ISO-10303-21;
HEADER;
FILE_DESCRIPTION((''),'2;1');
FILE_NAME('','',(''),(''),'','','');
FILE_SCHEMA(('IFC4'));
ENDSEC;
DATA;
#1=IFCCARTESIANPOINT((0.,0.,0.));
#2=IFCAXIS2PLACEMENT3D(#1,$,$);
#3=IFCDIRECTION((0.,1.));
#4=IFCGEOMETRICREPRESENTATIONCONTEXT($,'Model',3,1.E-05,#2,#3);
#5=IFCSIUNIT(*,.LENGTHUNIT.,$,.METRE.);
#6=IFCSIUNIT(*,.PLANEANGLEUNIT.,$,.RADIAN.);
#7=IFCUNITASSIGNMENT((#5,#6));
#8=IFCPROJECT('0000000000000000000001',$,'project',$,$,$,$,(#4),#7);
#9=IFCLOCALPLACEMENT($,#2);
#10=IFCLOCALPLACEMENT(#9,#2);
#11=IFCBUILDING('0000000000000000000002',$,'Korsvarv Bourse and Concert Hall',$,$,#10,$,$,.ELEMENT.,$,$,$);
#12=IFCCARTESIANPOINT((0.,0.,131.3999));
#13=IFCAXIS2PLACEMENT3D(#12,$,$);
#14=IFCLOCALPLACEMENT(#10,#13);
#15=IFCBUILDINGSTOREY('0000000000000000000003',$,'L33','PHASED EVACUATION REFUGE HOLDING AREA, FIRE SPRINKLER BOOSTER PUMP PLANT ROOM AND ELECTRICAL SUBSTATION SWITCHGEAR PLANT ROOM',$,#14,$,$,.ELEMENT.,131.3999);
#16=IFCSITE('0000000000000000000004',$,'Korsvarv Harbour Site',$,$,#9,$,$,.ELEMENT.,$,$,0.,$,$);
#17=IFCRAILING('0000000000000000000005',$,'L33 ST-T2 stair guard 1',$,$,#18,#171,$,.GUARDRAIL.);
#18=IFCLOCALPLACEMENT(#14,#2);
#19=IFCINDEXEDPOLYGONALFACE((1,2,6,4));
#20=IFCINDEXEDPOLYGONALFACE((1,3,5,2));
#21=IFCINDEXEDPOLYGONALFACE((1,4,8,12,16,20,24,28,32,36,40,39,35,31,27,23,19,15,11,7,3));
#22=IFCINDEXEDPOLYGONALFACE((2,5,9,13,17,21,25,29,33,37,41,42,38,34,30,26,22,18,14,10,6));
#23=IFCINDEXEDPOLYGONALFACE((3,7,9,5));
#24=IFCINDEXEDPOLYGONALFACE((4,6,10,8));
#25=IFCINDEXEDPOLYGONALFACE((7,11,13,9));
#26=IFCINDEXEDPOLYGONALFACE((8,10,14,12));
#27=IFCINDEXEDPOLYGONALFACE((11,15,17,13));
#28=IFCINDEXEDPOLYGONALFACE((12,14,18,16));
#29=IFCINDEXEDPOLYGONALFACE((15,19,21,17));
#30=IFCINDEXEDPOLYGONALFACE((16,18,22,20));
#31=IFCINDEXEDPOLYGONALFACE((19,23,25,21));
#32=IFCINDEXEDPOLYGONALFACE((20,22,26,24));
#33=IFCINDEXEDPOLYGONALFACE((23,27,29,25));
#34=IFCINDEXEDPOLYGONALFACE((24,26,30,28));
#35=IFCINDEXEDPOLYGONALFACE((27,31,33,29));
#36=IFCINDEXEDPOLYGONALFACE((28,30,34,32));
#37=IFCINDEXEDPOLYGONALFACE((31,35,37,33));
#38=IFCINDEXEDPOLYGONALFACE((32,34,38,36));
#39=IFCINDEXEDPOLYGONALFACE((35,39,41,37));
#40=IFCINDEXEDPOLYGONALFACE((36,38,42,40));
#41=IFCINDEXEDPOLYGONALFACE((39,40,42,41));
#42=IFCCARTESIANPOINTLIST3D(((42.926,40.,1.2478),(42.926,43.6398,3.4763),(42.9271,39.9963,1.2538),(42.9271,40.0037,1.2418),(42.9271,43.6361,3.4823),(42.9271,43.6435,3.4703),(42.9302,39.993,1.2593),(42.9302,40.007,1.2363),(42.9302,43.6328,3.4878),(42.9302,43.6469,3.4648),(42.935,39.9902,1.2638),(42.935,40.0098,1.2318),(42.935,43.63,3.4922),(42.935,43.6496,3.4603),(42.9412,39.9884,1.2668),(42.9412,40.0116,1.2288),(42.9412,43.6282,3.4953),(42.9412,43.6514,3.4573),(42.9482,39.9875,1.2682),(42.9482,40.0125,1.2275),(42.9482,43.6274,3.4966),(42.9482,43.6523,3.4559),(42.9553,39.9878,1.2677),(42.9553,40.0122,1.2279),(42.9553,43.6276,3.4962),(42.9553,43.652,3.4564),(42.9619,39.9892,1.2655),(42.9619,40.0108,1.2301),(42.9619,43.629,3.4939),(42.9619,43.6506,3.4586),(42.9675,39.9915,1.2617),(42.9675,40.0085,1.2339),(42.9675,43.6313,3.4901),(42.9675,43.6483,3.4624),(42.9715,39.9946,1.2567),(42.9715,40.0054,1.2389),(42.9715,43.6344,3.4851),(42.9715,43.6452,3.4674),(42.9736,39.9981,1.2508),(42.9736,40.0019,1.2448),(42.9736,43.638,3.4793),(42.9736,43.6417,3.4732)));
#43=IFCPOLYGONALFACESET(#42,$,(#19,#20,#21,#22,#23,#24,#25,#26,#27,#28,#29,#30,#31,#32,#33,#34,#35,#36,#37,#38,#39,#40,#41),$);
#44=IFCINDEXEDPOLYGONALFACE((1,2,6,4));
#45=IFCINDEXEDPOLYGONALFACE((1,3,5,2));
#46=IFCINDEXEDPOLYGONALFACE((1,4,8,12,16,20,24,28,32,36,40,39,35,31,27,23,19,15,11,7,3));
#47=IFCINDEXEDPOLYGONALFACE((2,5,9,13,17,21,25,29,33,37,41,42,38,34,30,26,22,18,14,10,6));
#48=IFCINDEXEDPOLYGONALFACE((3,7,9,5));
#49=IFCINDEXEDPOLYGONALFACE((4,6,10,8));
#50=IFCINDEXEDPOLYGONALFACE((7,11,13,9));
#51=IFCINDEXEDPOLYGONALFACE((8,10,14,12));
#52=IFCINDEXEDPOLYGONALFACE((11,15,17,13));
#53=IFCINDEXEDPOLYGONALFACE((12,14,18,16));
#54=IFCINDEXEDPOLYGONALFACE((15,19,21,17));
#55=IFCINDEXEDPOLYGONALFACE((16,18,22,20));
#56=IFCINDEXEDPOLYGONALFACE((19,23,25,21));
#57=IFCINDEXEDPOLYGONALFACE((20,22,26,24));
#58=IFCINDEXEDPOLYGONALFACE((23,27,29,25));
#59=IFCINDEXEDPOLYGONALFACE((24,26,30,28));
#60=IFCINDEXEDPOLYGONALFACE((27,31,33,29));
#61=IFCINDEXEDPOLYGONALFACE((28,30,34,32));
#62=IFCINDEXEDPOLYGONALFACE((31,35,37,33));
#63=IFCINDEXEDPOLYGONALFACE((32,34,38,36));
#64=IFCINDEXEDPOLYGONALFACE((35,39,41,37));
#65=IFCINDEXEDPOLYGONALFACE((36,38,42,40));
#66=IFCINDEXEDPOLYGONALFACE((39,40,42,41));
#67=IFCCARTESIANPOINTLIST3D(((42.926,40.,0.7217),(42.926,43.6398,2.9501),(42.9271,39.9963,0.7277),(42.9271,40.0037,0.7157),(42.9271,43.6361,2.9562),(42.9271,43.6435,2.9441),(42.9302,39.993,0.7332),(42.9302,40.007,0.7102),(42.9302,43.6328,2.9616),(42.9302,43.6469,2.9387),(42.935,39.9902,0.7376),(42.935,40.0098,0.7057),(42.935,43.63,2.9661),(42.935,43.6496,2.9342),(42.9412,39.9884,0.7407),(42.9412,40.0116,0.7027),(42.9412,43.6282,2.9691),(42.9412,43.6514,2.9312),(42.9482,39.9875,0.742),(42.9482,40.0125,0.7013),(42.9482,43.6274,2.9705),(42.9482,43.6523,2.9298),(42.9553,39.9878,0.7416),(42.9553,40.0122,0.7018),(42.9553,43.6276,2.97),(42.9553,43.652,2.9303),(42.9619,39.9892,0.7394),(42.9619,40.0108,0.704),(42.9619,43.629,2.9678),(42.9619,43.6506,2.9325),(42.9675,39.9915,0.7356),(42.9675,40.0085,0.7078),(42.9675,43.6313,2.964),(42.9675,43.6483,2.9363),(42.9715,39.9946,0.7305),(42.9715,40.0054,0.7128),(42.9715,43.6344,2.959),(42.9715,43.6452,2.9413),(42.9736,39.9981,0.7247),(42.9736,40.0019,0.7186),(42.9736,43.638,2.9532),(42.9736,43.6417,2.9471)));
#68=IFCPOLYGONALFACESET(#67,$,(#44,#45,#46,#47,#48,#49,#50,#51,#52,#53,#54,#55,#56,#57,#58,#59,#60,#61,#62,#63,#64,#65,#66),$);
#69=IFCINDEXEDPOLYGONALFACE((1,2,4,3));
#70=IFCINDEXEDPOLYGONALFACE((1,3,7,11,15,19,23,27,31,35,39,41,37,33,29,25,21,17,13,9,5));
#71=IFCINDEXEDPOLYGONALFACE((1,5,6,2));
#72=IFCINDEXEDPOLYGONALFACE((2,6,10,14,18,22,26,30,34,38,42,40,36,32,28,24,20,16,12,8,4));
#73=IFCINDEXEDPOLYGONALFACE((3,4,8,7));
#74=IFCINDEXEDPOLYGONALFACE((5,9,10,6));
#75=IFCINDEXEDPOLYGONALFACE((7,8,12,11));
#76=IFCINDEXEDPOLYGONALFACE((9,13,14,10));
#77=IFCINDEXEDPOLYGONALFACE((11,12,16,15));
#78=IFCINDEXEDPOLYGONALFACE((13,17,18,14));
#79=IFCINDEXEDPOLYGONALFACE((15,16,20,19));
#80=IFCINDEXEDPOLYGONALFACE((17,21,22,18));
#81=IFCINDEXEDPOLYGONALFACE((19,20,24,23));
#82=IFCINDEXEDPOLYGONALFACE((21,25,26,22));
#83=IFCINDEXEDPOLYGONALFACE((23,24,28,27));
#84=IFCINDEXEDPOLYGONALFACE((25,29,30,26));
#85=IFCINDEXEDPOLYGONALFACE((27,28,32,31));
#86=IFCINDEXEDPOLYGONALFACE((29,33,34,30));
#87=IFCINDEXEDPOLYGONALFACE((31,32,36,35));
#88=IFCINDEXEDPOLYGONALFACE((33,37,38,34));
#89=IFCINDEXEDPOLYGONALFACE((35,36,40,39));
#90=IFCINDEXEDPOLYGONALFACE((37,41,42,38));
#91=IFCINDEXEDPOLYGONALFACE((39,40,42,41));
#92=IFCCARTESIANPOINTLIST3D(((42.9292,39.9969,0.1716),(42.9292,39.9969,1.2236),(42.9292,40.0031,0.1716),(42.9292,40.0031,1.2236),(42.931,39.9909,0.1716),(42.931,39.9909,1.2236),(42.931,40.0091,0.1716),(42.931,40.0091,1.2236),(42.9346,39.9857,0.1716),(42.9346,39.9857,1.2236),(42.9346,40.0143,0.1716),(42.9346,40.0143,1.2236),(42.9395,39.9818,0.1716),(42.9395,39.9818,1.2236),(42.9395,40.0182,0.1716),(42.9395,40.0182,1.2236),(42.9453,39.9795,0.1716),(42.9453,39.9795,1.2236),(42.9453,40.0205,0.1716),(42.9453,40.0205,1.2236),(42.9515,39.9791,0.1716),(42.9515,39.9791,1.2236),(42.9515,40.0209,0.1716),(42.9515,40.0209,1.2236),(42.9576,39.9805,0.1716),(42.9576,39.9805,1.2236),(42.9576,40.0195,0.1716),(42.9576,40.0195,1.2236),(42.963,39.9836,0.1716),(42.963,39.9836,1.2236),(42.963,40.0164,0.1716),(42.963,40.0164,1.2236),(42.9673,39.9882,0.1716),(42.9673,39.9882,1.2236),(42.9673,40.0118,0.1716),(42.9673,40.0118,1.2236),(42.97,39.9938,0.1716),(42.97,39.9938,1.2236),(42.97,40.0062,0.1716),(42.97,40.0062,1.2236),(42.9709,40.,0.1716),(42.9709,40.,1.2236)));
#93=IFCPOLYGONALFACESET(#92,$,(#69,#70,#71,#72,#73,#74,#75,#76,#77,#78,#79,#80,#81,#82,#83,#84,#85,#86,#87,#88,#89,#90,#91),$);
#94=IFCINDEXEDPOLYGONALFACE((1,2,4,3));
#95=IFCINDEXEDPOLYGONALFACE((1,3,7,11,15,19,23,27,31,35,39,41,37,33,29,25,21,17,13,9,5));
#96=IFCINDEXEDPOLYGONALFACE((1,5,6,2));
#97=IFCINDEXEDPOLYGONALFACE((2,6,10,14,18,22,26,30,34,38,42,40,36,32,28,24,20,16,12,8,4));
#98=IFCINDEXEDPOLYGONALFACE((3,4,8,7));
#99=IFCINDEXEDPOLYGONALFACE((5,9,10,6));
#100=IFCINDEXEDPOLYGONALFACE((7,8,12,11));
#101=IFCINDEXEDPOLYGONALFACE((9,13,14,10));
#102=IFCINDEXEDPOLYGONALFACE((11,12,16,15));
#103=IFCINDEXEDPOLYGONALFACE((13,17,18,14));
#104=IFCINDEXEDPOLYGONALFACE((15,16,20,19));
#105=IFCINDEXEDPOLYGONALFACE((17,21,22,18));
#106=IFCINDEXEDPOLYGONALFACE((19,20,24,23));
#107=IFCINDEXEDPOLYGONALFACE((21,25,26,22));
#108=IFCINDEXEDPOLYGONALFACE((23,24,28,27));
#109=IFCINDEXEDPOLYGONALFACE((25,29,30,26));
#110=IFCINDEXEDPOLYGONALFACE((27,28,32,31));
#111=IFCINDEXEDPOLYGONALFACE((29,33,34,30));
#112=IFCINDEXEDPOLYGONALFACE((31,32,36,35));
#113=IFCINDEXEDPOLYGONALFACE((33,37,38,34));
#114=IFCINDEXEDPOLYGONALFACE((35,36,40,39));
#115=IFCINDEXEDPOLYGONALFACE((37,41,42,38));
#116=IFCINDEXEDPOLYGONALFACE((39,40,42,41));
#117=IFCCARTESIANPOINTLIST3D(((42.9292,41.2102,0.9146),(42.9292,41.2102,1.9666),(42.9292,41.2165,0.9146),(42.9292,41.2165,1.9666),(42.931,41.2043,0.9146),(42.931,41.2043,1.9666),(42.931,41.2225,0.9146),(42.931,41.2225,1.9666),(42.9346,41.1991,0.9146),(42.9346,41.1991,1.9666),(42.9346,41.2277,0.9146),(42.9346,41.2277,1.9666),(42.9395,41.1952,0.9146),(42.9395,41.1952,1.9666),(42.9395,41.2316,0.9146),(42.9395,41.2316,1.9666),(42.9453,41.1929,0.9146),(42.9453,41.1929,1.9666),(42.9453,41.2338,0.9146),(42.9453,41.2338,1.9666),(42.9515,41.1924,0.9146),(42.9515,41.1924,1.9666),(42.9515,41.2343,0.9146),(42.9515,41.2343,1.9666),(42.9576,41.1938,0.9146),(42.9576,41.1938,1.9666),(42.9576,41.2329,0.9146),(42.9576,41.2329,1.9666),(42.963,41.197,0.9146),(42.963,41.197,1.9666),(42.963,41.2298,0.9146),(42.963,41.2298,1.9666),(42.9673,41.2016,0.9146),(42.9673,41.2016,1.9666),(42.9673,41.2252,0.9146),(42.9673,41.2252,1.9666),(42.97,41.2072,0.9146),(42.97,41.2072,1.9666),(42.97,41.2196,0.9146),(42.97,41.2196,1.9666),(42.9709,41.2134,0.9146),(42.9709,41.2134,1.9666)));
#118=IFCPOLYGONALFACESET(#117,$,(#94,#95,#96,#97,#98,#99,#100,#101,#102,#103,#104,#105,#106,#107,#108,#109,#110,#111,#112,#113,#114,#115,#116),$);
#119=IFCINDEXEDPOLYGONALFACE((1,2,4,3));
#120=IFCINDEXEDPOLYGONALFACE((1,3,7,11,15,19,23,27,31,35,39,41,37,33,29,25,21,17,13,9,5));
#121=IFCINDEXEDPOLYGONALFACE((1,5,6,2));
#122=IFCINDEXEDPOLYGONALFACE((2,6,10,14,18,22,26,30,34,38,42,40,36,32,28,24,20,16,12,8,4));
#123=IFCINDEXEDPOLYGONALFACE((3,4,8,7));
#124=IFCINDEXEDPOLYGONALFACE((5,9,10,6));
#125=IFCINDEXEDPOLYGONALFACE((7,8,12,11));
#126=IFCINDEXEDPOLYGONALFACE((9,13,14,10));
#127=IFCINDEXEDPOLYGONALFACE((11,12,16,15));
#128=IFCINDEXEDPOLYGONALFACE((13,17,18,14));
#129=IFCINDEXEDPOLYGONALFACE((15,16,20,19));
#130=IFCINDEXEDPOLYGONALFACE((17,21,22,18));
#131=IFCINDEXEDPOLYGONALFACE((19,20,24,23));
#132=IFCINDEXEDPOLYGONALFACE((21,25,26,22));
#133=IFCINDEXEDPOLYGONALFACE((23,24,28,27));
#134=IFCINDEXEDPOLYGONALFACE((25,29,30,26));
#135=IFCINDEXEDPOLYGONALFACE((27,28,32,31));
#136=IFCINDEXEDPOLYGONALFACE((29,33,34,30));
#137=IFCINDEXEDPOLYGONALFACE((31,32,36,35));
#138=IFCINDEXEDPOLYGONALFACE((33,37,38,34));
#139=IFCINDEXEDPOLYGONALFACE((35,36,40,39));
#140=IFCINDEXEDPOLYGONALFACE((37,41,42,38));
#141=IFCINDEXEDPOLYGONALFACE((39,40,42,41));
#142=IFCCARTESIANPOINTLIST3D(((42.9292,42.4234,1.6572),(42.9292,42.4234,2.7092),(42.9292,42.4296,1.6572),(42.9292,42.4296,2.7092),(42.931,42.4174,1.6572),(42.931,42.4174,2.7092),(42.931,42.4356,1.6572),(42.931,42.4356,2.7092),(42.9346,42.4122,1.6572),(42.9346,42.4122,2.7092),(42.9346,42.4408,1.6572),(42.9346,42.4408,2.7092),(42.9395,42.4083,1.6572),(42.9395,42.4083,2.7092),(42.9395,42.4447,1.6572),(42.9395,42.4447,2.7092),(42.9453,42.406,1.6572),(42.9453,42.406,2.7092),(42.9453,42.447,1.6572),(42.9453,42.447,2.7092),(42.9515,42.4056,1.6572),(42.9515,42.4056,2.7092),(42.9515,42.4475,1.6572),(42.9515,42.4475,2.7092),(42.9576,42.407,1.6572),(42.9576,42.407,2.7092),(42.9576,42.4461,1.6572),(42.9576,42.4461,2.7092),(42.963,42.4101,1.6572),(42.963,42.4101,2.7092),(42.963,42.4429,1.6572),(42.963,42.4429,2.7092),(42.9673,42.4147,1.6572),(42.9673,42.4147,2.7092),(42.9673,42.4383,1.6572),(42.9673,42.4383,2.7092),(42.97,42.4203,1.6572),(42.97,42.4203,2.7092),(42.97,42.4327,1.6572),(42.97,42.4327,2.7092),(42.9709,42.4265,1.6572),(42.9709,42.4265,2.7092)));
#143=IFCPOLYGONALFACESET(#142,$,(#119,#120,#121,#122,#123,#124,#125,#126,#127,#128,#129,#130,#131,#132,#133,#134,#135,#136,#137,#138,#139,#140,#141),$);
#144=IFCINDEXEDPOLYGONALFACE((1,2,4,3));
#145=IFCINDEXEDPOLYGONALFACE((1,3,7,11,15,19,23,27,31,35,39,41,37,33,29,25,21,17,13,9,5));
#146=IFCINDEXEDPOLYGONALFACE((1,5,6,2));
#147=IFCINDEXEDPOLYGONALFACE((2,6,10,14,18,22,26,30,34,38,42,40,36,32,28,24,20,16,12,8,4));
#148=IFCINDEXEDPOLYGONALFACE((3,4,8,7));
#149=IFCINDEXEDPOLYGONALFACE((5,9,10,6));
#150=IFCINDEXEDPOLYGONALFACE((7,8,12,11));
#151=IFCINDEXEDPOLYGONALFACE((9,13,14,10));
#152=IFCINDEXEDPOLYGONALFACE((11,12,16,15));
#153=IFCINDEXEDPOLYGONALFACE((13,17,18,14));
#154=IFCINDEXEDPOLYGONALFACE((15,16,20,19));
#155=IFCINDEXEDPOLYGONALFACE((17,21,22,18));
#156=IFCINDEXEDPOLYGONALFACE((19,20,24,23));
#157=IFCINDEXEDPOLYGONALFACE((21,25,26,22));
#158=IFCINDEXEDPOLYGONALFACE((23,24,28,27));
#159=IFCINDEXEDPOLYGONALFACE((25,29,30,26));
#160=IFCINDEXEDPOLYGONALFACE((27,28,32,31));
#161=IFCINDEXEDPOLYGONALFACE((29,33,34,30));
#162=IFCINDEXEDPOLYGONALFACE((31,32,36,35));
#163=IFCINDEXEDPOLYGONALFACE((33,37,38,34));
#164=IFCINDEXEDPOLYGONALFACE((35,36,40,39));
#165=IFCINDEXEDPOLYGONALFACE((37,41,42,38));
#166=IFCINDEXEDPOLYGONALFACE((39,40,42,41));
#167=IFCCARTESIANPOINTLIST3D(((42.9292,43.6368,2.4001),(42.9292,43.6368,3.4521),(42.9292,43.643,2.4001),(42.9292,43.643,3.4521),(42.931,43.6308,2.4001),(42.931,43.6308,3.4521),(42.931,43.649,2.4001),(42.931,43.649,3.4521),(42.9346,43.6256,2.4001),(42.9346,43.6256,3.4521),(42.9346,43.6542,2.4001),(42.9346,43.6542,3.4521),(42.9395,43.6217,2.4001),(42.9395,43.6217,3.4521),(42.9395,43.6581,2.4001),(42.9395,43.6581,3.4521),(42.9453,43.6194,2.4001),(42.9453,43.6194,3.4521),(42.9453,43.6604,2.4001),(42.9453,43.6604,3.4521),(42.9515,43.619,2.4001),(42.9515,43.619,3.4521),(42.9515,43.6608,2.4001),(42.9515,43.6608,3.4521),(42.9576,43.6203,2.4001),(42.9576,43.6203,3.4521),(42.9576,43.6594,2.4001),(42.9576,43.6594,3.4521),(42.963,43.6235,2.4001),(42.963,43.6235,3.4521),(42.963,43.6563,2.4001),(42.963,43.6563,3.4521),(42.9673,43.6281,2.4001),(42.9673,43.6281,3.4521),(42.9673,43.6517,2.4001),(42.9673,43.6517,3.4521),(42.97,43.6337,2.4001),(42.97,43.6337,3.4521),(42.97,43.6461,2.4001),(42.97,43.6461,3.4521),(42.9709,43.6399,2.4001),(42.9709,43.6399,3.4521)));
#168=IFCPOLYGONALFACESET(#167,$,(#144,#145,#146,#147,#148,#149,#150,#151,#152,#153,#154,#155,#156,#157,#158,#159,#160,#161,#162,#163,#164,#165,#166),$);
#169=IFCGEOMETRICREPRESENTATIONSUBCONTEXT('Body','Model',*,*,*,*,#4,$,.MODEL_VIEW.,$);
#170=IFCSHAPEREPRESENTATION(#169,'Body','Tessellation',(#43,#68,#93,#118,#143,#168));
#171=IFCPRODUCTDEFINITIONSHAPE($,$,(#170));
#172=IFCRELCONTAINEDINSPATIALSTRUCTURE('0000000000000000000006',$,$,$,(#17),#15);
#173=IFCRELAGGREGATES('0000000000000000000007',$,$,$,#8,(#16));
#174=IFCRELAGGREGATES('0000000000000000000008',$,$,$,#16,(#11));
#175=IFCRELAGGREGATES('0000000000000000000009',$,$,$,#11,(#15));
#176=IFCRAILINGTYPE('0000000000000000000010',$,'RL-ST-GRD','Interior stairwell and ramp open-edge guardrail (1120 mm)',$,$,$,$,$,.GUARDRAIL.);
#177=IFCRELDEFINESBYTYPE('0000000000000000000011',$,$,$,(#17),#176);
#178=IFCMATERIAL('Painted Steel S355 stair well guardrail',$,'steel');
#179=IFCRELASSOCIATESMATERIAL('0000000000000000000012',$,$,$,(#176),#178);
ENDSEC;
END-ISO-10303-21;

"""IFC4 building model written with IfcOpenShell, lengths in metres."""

from ifc_helpers import new_model, si_unit, direction, frame, origin, origin_2d, place, context, subcontext, project, spatial, circle, extrude, material, type_object, element, save


model = new_model("IFC4")

# Units and contexts
model_context = context("Model", 3, precision=1e-05, world=origin(), true_north=direction((0.0, 1.0)))
body_context = subcontext(model_context, "Body", "Model", "MODEL_VIEW")
ifc_project = project(units=[si_unit("LENGTHUNIT", "METRE"), si_unit("PLANEANGLEUNIT", "RADIAN")], contexts=[model_context])

# Site, building, storey
site_placement = place(None, origin())
site = spatial("IfcSite", under=ifc_project, at=site_placement, Name="Korsvarv Harbour Site", CompositionType="ELEMENT", RefElevation=0.0)
building_placement = place(site_placement, origin())
building = spatial("IfcBuilding", under=site, at=building_placement, Name="Korsvarv Bourse and Concert Hall", CompositionType="ELEMENT")
storey_placement = place(building_placement, frame((0.0, 0.0, 131.3999)))
storey = spatial("IfcBuildingStorey", under=building, at=storey_placement, Name="L33", Description="PHASED EVACUATION REFUGE HOLDING AREA, FIRE SPRINKLER BOOSTER PUMP PLANT ROOM AND ELECTRICAL SUBSTATION SWITCHGEAR PLANT ROOM", CompositionType="ELEMENT", Elevation=131.3999)

# Railing
ifc_material_1 = material(Name="Painted Steel S355 stair well guardrail", Category="steel")
railing_type_1 = type_object("IfcRailingType", Name="RL-ST-GRD", Description="Interior stairwell and ramp open-edge guardrail (1120 mm)", PredefinedType="GUARDRAIL", material=ifc_material_1)
railing_1_placement = place(storey_placement, frame((42.95, 40.0, 0.1716)))
element("IfcRailing", 1, at=railing_1_placement, inside=storey, type_object=railing_type_1, Name="L33 ST-T2 stair guard 1", PredefinedType="GUARDRAIL", context=body_context, shape_type="SweptSolid", body=[
    extrude(circle(Radius=0.0239, at=origin_2d()), frame((0.0, 0.0, 1.0762), z_axis=(0.0, 0.85285, 0.522156), x_axis=(-1.0, 0.0, 0.0)), (0.0, 0.0, 1.0), 4.2678),
    extrude(circle(Radius=0.0239, at=origin_2d()), frame((0.0, 0.0, 0.55), z_axis=(0.0, 0.85285, 0.522156), x_axis=(-1.0, 0.0, 0.0)), (0.0, 0.0, 1.0), 4.2678),
    extrude(circle(Radius=0.021, at=origin_2d()), origin(), (0.0, 0.0, 1.0), 1.052),
    extrude(circle(Radius=0.021, at=origin_2d()), frame((0.0, 1.2134, 0.7429)), (0.0, 0.0, 1.0), 1.052),
    extrude(circle(Radius=0.021, at=origin_2d()), frame((0.0, 2.4265, 1.4856)), (0.0, 0.0, 1.0), 1.052),
    extrude(circle(Radius=0.021, at=origin_2d()), frame((0.0, 3.6399, 2.2285)), (0.0, 0.0, 1.0), 1.052),
])

save(model, "model.ifc")
